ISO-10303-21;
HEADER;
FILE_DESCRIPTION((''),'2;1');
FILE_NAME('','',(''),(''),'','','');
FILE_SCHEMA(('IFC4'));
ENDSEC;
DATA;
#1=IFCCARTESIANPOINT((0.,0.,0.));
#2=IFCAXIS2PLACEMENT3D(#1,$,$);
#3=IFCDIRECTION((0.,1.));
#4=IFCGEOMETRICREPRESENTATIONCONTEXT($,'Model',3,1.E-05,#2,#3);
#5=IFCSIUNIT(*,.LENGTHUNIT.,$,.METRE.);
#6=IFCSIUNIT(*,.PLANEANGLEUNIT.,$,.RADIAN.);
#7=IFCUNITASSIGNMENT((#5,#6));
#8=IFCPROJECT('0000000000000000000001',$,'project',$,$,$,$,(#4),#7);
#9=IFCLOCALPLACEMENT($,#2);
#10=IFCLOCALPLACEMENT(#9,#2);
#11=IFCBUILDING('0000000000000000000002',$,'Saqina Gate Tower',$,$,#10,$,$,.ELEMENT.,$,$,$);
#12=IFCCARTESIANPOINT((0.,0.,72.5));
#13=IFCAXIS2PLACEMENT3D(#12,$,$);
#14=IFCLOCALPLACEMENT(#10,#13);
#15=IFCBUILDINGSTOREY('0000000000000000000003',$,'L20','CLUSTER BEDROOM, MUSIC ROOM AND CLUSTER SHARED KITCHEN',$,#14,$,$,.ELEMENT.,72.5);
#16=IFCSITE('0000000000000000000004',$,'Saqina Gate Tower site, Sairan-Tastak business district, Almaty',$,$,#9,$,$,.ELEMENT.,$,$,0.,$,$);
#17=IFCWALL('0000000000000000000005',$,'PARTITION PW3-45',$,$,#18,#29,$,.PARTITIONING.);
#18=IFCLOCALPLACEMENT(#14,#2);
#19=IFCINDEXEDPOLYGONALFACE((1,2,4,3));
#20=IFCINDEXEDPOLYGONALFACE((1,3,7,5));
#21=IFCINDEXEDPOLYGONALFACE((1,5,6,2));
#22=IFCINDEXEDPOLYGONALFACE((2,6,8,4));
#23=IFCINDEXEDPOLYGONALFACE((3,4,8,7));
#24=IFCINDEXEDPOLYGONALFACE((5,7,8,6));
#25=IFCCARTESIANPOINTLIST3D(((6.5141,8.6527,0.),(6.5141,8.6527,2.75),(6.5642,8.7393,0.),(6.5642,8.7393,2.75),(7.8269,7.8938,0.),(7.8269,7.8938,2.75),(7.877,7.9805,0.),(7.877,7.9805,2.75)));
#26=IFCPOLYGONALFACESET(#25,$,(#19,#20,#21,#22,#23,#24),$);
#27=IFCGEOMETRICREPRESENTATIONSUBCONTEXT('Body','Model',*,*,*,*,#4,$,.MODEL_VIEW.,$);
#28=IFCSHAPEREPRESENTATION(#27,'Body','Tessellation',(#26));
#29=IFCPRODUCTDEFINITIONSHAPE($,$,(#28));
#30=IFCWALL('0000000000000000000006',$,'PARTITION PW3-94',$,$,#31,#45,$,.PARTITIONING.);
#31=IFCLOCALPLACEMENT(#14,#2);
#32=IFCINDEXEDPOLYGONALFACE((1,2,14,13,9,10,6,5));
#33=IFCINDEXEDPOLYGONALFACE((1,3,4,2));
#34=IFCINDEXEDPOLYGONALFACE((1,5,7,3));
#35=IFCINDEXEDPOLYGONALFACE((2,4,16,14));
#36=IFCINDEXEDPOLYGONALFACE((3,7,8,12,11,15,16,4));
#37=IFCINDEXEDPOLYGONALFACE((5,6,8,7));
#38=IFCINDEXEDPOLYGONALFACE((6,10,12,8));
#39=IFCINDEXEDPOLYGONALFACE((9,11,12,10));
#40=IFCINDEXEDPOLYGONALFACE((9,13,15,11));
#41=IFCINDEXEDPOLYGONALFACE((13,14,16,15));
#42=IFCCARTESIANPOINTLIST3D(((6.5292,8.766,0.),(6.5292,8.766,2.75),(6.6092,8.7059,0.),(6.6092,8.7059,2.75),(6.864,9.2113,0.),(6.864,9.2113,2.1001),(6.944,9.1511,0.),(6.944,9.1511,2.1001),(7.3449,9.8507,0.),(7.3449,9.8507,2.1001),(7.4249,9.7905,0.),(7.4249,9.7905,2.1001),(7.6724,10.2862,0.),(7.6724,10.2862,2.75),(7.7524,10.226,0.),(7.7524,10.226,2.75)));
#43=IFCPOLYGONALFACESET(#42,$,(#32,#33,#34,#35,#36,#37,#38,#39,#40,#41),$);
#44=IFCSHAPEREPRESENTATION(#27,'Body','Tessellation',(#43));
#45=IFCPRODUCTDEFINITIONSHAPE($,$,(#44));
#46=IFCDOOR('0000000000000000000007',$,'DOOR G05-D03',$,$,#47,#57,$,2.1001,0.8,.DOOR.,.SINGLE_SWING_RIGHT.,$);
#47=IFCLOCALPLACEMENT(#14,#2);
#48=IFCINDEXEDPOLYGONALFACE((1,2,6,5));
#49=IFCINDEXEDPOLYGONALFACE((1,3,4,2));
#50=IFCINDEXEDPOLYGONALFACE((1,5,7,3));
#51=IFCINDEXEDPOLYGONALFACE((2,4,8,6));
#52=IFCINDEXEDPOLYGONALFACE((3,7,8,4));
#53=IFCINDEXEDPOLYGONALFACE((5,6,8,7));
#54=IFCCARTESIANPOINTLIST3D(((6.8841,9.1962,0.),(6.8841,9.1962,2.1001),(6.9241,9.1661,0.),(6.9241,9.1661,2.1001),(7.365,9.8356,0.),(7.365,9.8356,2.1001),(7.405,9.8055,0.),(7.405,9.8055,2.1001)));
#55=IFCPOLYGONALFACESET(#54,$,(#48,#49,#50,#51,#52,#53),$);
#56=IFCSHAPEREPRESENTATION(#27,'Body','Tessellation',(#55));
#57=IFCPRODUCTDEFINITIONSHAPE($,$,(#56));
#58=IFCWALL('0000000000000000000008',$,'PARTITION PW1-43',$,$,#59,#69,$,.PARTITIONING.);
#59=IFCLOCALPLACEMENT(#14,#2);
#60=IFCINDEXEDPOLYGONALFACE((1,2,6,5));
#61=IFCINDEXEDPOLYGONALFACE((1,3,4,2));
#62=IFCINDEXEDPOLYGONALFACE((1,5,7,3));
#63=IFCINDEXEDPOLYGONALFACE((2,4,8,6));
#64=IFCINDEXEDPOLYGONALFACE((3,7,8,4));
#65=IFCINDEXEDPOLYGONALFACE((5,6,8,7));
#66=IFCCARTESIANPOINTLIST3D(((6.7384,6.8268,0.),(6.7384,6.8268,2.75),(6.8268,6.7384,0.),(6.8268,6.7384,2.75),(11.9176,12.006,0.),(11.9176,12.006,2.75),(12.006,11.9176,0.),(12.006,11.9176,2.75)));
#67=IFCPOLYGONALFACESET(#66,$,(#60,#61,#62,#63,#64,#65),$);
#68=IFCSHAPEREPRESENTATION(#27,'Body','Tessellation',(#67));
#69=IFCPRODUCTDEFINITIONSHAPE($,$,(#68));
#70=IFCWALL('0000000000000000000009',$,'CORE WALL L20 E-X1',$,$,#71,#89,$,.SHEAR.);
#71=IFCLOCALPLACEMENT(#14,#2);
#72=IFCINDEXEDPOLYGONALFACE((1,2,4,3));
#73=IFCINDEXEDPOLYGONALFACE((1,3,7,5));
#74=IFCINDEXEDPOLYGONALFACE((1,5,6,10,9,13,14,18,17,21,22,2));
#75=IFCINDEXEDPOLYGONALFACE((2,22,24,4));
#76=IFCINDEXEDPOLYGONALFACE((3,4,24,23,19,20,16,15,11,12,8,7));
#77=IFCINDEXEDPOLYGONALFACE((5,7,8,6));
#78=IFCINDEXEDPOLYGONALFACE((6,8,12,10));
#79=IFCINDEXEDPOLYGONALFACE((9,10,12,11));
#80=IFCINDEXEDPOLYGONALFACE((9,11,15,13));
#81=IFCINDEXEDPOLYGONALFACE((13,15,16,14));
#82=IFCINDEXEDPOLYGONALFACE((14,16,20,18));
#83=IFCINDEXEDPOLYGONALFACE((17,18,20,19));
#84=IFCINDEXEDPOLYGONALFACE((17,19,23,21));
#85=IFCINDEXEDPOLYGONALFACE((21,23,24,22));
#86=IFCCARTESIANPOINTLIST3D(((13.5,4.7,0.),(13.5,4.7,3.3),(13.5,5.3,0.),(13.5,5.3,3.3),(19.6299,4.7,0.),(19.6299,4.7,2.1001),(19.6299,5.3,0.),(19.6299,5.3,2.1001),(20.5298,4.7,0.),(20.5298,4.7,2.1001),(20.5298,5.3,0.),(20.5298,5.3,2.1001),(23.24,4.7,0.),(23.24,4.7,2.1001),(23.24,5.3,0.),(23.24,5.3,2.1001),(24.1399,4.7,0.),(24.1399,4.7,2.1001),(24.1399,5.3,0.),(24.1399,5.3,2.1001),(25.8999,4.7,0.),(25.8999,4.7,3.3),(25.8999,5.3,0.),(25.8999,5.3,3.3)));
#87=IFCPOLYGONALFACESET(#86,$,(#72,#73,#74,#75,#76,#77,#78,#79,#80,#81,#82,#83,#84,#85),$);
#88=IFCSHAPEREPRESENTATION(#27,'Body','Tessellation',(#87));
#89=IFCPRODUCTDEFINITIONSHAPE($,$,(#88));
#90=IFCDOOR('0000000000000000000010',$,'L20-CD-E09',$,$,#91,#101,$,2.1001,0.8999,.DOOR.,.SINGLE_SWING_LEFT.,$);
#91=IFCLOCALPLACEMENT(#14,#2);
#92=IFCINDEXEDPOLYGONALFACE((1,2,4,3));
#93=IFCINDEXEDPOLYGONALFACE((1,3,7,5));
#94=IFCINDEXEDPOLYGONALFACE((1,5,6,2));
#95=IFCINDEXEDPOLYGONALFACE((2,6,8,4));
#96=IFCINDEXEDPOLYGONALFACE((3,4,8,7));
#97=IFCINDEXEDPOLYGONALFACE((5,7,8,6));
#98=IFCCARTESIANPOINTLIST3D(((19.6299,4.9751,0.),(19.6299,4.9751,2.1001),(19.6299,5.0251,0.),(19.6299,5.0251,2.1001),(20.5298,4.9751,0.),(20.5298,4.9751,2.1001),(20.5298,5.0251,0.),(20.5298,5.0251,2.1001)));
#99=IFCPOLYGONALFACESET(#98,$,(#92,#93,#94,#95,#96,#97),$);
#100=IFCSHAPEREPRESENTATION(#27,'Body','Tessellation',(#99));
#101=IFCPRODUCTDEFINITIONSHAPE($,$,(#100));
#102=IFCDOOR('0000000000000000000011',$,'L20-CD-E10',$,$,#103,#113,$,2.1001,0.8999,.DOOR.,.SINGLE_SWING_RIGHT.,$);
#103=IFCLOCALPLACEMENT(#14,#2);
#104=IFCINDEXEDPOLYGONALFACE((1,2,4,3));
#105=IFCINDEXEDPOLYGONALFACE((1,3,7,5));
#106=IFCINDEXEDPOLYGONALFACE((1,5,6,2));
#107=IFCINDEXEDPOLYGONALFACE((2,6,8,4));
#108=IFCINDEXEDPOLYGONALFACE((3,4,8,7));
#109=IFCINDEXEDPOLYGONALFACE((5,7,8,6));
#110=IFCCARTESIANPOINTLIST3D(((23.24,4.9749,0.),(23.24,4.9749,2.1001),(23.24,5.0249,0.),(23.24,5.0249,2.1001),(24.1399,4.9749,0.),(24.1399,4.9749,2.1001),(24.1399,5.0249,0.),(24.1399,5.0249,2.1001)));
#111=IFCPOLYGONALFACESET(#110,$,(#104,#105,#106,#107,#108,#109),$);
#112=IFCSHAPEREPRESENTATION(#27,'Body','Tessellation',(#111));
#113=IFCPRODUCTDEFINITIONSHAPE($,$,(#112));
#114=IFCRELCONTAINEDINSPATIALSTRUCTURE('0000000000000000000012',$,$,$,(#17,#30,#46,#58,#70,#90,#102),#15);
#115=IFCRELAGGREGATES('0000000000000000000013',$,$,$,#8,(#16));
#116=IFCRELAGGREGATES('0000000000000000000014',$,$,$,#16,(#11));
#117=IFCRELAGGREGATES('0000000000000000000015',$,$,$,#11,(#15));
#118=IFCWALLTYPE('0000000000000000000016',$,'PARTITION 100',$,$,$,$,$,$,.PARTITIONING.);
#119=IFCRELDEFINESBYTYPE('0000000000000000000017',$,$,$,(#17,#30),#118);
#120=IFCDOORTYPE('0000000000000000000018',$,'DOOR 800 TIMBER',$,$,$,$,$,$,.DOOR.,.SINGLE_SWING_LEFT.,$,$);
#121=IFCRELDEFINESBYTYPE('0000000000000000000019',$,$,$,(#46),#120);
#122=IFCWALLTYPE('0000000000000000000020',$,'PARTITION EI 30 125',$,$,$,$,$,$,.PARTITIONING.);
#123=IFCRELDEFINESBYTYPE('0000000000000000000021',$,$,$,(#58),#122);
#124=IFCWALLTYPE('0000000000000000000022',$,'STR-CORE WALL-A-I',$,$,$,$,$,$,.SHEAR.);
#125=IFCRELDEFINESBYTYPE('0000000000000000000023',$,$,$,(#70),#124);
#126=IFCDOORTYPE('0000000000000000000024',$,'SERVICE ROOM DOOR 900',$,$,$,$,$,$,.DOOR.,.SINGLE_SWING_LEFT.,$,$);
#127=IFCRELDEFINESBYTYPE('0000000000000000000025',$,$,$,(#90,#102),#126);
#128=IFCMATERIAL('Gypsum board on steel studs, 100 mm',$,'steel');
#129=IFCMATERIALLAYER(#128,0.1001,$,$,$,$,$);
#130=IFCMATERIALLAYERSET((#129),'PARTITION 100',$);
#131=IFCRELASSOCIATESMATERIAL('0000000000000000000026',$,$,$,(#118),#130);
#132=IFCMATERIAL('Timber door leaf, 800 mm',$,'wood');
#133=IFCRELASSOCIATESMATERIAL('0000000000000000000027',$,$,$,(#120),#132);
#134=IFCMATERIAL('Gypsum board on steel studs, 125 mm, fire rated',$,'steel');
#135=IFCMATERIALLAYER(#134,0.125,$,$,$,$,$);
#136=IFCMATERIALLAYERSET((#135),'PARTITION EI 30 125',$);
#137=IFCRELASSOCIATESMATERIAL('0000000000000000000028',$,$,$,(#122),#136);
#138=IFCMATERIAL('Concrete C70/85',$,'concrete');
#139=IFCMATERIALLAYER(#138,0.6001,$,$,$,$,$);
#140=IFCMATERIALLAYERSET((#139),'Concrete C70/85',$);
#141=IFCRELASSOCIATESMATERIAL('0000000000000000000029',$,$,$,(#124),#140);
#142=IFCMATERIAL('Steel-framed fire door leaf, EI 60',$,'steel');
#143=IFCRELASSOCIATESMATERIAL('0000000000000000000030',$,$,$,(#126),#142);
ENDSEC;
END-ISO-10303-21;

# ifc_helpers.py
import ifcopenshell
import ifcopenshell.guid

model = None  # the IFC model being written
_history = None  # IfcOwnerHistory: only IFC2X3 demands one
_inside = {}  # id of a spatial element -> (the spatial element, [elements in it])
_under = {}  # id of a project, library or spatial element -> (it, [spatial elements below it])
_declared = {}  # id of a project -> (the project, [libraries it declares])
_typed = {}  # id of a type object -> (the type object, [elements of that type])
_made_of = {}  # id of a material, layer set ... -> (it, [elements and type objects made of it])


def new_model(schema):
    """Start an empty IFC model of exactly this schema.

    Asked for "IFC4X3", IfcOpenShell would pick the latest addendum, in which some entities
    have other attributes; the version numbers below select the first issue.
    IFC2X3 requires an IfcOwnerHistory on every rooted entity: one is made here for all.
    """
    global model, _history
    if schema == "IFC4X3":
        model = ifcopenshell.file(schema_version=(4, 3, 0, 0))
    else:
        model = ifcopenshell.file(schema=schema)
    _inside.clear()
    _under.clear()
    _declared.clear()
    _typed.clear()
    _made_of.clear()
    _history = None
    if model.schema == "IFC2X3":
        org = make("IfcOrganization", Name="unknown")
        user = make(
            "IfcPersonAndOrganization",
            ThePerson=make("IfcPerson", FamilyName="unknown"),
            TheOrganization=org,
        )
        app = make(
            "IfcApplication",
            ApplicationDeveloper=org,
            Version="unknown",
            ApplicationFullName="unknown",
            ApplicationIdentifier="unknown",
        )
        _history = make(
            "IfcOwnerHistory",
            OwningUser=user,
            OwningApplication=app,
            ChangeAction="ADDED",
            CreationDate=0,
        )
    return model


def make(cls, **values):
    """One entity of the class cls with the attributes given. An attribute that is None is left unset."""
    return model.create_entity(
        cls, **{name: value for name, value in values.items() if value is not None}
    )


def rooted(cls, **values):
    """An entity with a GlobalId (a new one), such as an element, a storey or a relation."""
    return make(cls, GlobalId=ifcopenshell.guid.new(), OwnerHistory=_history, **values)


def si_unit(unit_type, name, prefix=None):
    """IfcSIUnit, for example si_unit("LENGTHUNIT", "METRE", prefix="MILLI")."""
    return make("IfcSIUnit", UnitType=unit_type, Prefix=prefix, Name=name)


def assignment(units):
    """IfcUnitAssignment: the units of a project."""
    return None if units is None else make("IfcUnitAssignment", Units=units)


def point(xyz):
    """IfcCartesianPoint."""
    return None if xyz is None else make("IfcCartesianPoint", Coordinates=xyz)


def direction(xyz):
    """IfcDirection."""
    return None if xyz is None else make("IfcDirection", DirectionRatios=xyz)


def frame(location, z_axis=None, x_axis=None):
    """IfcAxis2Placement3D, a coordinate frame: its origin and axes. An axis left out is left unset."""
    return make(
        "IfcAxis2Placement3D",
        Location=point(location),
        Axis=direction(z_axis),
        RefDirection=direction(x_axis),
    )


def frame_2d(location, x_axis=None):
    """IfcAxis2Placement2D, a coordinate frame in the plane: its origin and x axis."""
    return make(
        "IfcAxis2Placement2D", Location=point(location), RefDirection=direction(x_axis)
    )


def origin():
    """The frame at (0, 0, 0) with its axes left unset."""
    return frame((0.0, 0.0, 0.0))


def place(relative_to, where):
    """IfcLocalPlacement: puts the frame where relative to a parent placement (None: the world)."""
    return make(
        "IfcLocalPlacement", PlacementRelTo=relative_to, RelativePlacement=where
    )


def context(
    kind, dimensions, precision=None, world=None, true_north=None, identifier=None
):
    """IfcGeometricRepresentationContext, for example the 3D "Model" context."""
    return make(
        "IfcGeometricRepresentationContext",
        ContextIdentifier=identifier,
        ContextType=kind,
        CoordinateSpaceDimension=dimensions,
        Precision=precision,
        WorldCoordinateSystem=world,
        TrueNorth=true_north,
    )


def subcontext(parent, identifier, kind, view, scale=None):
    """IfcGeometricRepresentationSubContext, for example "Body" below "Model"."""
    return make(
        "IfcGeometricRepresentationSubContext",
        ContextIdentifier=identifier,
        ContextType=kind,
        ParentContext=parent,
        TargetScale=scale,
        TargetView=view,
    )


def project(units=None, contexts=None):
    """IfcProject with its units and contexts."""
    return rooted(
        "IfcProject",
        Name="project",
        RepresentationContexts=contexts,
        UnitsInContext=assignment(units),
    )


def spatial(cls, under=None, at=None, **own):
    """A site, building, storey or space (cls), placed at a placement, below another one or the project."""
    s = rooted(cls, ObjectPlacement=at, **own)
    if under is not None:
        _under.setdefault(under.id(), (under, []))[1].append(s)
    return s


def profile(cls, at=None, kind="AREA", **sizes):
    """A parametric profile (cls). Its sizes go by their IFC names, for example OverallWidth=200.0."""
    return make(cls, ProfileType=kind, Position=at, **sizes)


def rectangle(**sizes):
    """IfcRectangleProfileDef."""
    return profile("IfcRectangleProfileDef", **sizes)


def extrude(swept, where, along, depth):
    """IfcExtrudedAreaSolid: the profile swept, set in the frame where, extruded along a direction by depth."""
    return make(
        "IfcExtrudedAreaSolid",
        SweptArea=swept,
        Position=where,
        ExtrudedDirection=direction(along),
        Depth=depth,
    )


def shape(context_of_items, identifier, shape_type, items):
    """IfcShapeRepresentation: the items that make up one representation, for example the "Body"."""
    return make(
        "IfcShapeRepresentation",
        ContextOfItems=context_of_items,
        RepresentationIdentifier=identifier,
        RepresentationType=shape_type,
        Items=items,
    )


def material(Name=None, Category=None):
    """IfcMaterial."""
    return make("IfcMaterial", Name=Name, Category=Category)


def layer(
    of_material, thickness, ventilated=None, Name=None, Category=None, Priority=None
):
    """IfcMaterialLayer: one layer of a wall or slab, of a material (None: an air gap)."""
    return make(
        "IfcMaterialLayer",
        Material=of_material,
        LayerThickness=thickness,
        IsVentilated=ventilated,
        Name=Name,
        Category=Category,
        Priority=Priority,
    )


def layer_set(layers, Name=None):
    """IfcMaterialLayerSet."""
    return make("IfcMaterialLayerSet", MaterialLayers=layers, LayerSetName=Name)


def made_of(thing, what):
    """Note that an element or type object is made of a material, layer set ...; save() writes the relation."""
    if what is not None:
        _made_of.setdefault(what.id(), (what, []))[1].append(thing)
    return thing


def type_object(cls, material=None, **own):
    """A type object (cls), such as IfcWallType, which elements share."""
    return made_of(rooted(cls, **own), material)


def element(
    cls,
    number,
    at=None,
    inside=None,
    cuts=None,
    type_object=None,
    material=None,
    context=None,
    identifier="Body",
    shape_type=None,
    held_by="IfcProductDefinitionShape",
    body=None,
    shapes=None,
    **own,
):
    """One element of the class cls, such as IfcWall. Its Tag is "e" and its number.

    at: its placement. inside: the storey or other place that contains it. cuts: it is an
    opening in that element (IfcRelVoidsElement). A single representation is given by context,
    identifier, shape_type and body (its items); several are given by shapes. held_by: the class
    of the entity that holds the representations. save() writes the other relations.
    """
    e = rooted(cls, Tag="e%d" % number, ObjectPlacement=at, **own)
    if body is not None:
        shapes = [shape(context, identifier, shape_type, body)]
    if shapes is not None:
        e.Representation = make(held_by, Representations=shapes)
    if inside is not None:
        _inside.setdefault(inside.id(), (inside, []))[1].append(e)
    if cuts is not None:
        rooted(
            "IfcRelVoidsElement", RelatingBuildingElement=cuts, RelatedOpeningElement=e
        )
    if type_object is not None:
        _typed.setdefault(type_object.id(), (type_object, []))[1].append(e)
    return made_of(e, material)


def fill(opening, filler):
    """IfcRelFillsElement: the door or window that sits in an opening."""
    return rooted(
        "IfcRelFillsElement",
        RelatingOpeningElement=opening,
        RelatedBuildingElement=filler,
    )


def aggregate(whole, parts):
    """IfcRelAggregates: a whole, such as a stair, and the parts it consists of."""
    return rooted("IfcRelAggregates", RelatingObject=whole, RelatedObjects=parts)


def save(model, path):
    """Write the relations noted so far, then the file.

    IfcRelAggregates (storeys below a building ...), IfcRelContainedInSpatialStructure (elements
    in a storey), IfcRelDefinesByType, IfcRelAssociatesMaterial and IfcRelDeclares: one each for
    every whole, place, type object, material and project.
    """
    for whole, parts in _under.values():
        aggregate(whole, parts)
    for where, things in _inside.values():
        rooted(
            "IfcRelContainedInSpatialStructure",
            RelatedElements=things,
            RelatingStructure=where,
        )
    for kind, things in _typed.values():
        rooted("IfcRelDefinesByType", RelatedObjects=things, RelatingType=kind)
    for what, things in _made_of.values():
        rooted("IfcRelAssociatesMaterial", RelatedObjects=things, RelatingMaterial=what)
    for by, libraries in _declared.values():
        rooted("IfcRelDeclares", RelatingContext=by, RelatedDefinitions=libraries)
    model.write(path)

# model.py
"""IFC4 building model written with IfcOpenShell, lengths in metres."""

from ifc_helpers import new_model, si_unit, direction, frame, frame_2d, origin, place, context, subcontext, project, spatial, rectangle, extrude, material, layer, layer_set, type_object, element, fill, save


model = new_model("IFC4")

# Units and contexts
model_context = context("Model", 3, precision=1e-05, world=origin(), true_north=direction((0.0, 1.0)))
body_context = subcontext(model_context, "Body", "Model", "MODEL_VIEW")
ifc_project = project(units=[si_unit("LENGTHUNIT", "METRE"), si_unit("PLANEANGLEUNIT", "RADIAN")], contexts=[model_context])

# Site, building, storey
site_placement = place(None, origin())
site = spatial("IfcSite", under=ifc_project, at=site_placement, Name="Saqina Gate Tower site, Sairan-Tastak business district, Almaty", CompositionType="ELEMENT", RefElevation=0.0)
building_placement = place(site_placement, origin())
building = spatial("IfcBuilding", under=site, at=building_placement, Name="Saqina Gate Tower", CompositionType="ELEMENT")
storey_placement = place(building_placement, frame((0.0, 0.0, 72.5)))
storey = spatial("IfcBuildingStorey", under=building, at=storey_placement, Name="L20", Description="CLUSTER BEDROOM, MUSIC ROOM AND CLUSTER SHARED KITCHEN", CompositionType="ELEMENT", Elevation=72.5)

# Wall
ifc_material_1 = material(Name="Gypsum board on steel studs, 100 mm", Category="steel")
ifc_layer_1 = layer(ifc_material_1, 0.1001)
ifc_layer_set_1 = layer_set([ifc_layer_1], Name="PARTITION 100")
wall_type_1 = type_object("IfcWallType", Name="PARTITION 100", PredefinedType="PARTITIONING", material=ifc_layer_set_1)
wall_1_placement = place(storey_placement, frame((6.5391, 8.696, 0.0), z_axis=(0.0, 0.0, 1.0), x_axis=(0.865775, -0.500433, 0.0)))
element("IfcWall", 1, at=wall_1_placement, inside=storey, type_object=wall_type_1, Name="PARTITION PW3-45", PredefinedType="PARTITIONING", context=body_context, shape_type="SweptSolid", body=[
    extrude(rectangle(XDim=1.5164, YDim=0.1001, at=frame_2d((0.7583, 0.0))), origin(), (0.0, 0.0, 1.0), 2.75),
])

# Wall, opening, door
wall_2_placement = place(storey_placement, frame((6.5691, 8.7358, 0.0), z_axis=(0.0, 0.0, 1.0), x_axis=(0.601047, 0.799214, 0.0)))
wall_2 = element("IfcWall", 2, at=wall_2_placement, inside=storey, type_object=wall_type_1, Name="PARTITION PW3-94", PredefinedType="PARTITIONING", context=body_context, shape_type="SweptSolid", body=[
    extrude(rectangle(XDim=1.9021, YDim=0.1001, at=frame_2d((0.9512, 0.0))), origin(), (0.0, 0.0, 1.0), 2.75),
])
opening_1_placement = place(wall_2_placement, frame((0.5574, 0.0, 0.0)))
opening_1 = element("IfcOpeningElement", 3, at=opening_1_placement, cuts=wall_2, PredefinedType="OPENING", context=body_context, shape_type="SweptSolid", body=[
    extrude(rectangle(XDim=0.8, YDim=2.1001, at=frame_2d((0.3999, 1.05))), frame((0.0, 0.062, 0.0), z_axis=(0.0, -1.0, 0.0), x_axis=(1.0, 0.0, 0.0)), (0.0, 0.0, 1.0), 0.124),
])
ifc_material_2 = material(Name="Timber door leaf, 800 mm", Category="wood")
door_type_1 = type_object("IfcDoorType", Name="DOOR 800 TIMBER", OperationType="SINGLE_SWING_LEFT", PredefinedType="DOOR", material=ifc_material_2)
door_1_placement = place(opening_1_placement, origin())
door_1 = element("IfcDoor", 4, at=door_1_placement, inside=storey, type_object=door_type_1, Name="DOOR G05-D03", OperationType="SINGLE_SWING_RIGHT", OverallHeight=2.1001, OverallWidth=0.8, PredefinedType="DOOR", context=body_context, shape_type="SweptSolid", body=[
    extrude(rectangle(XDim=0.8, YDim=2.1001, at=frame_2d((0.3999, 1.05))), frame((0.0, 0.0249, 0.0), z_axis=(0.0, -1.0, 0.0), x_axis=(1.0, 0.0, 0.0)), (0.0, 0.0, 1.0), 0.05),
])
fill(opening_1, door_1)

# Wall
ifc_material_3 = material(Name="Gypsum board on steel studs, 125 mm, fire rated", Category="steel")
ifc_layer_2 = layer(ifc_material_3, 0.125)
ifc_layer_set_2 = layer_set([ifc_layer_2], Name="PARTITION EI 30 125")
wall_type_2 = type_object("IfcWallType", Name="PARTITION EI 30 125", PredefinedType="PARTITIONING", material=ifc_layer_set_2)
wall_3_placement = place(storey_placement, frame((6.7827, 6.7827, 0.0), z_axis=(0.0, 0.0, 1.0), x_axis=(0.707107, 0.707107, 0.0)))
element("IfcWall", 5, at=wall_3_placement, inside=storey, type_object=wall_type_2, Name="PARTITION PW1-43", PredefinedType="PARTITIONING", context=body_context, shape_type="SweptSolid", body=[
    extrude(rectangle(XDim=7.3245, YDim=0.125, at=frame_2d((3.6621, 0.0))), origin(), (0.0, 0.0, 1.0), 2.75),
])

# Wall, openings, doors
ifc_material_4 = material(Name="Concrete C70/85", Category="concrete")
ifc_layer_3 = layer(ifc_material_4, 0.6001)
ifc_layer_set_3 = layer_set([ifc_layer_3], Name="Concrete C70/85")
wall_type_3 = type_object("IfcWallType", Name="STR-CORE WALL-A-I", PredefinedType="SHEAR", material=ifc_layer_set_3)
wall_4_placement = place(storey_placement, frame((13.5, 5.0, 0.0), z_axis=(0.0, 0.0, 1.0), x_axis=(1.0, 0.0, 0.0)))
wall_4 = element("IfcWall", 6, at=wall_4_placement, inside=storey, type_object=wall_type_3, Name="CORE WALL L20 E-X1", PredefinedType="SHEAR", context=body_context, shape_type="SweptSolid", body=[
    extrude(rectangle(XDim=12.3999, YDim=0.6001, at=frame_2d((6.2, 0.0))), origin(), (0.0, 0.0, 1.0), 3.3),
])
opening_2_placement = place(wall_4_placement, frame((6.1299, 0.0, 0.0)))
opening_2 = element("IfcOpeningElement", 7, at=opening_2_placement, cuts=wall_4, PredefinedType="OPENING", context=body_context, shape_type="SweptSolid", body=[
    extrude(rectangle(XDim=0.8999, YDim=2.1001, at=frame_2d((0.45, 1.05))), frame((0.0, 0.312, 0.0), z_axis=(0.0, -1.0, 0.0), x_axis=(1.0, 0.0, 0.0)), (0.0, 0.0, 1.0), 0.624),
])
opening_3_placement = place(wall_4_placement, frame((9.74, 0.0, 0.0)))
opening_3 = element("IfcOpeningElement", 8, at=opening_3_placement, cuts=wall_4, PredefinedType="OPENING", context=body_context, shape_type="SweptSolid", body=[
    extrude(rectangle(XDim=0.8999, YDim=2.1001, at=frame_2d((0.45, 1.05))), frame((0.0, 0.312, 0.0), z_axis=(0.0, -1.0, 0.0), x_axis=(1.0, 0.0, 0.0)), (0.0, 0.0, 1.0), 0.624),
])
ifc_material_5 = material(Name="Steel-framed fire door leaf, EI 60", Category="steel")
door_type_2 = type_object("IfcDoorType", Name="SERVICE ROOM DOOR 900", OperationType="SINGLE_SWING_LEFT", PredefinedType="DOOR", material=ifc_material_5)
door_2_placement = place(opening_2_placement, frame((0.8999, 0.0, 0.0), z_axis=(0.0, 0.0, 1.0), x_axis=(-1.0, 0.0, 0.0)))
door_2 = element("IfcDoor", 9, at=door_2_placement, inside=storey, type_object=door_type_2, Name="L20-CD-E09", OperationType="SINGLE_SWING_LEFT", OverallHeight=2.1001, OverallWidth=0.8999, PredefinedType="DOOR", context=body_context, shape_type="SweptSolid", body=[
    extrude(rectangle(XDim=0.8999, YDim=2.1001, at=frame_2d((0.45, 1.05))), frame((0.0, 0.0249, 0.0), z_axis=(0.0, -1.0, 0.0), x_axis=(1.0, 0.0, 0.0)), (0.0, 0.0, 1.0), 0.05),
])
fill(opening_2, door_2)
door_3_placement = place(opening_3_placement, origin())
door_3 = element("IfcDoor", 10, at=door_3_placement, inside=storey, type_object=door_type_2, Name="L20-CD-E10", OperationType="SINGLE_SWING_RIGHT", OverallHeight=2.1001, OverallWidth=0.8999, PredefinedType="DOOR", context=body_context, shape_type="SweptSolid", body=[
    extrude(rectangle(XDim=0.8999, YDim=2.1001, at=frame_2d((0.45, 1.05))), frame((0.0, 0.0249, 0.0), z_axis=(0.0, -1.0, 0.0), x_axis=(1.0, 0.0, 0.0)), (0.0, 0.0, 1.0), 0.05),
])
fill(opening_3, door_3)

save(model, "model.ifc")
